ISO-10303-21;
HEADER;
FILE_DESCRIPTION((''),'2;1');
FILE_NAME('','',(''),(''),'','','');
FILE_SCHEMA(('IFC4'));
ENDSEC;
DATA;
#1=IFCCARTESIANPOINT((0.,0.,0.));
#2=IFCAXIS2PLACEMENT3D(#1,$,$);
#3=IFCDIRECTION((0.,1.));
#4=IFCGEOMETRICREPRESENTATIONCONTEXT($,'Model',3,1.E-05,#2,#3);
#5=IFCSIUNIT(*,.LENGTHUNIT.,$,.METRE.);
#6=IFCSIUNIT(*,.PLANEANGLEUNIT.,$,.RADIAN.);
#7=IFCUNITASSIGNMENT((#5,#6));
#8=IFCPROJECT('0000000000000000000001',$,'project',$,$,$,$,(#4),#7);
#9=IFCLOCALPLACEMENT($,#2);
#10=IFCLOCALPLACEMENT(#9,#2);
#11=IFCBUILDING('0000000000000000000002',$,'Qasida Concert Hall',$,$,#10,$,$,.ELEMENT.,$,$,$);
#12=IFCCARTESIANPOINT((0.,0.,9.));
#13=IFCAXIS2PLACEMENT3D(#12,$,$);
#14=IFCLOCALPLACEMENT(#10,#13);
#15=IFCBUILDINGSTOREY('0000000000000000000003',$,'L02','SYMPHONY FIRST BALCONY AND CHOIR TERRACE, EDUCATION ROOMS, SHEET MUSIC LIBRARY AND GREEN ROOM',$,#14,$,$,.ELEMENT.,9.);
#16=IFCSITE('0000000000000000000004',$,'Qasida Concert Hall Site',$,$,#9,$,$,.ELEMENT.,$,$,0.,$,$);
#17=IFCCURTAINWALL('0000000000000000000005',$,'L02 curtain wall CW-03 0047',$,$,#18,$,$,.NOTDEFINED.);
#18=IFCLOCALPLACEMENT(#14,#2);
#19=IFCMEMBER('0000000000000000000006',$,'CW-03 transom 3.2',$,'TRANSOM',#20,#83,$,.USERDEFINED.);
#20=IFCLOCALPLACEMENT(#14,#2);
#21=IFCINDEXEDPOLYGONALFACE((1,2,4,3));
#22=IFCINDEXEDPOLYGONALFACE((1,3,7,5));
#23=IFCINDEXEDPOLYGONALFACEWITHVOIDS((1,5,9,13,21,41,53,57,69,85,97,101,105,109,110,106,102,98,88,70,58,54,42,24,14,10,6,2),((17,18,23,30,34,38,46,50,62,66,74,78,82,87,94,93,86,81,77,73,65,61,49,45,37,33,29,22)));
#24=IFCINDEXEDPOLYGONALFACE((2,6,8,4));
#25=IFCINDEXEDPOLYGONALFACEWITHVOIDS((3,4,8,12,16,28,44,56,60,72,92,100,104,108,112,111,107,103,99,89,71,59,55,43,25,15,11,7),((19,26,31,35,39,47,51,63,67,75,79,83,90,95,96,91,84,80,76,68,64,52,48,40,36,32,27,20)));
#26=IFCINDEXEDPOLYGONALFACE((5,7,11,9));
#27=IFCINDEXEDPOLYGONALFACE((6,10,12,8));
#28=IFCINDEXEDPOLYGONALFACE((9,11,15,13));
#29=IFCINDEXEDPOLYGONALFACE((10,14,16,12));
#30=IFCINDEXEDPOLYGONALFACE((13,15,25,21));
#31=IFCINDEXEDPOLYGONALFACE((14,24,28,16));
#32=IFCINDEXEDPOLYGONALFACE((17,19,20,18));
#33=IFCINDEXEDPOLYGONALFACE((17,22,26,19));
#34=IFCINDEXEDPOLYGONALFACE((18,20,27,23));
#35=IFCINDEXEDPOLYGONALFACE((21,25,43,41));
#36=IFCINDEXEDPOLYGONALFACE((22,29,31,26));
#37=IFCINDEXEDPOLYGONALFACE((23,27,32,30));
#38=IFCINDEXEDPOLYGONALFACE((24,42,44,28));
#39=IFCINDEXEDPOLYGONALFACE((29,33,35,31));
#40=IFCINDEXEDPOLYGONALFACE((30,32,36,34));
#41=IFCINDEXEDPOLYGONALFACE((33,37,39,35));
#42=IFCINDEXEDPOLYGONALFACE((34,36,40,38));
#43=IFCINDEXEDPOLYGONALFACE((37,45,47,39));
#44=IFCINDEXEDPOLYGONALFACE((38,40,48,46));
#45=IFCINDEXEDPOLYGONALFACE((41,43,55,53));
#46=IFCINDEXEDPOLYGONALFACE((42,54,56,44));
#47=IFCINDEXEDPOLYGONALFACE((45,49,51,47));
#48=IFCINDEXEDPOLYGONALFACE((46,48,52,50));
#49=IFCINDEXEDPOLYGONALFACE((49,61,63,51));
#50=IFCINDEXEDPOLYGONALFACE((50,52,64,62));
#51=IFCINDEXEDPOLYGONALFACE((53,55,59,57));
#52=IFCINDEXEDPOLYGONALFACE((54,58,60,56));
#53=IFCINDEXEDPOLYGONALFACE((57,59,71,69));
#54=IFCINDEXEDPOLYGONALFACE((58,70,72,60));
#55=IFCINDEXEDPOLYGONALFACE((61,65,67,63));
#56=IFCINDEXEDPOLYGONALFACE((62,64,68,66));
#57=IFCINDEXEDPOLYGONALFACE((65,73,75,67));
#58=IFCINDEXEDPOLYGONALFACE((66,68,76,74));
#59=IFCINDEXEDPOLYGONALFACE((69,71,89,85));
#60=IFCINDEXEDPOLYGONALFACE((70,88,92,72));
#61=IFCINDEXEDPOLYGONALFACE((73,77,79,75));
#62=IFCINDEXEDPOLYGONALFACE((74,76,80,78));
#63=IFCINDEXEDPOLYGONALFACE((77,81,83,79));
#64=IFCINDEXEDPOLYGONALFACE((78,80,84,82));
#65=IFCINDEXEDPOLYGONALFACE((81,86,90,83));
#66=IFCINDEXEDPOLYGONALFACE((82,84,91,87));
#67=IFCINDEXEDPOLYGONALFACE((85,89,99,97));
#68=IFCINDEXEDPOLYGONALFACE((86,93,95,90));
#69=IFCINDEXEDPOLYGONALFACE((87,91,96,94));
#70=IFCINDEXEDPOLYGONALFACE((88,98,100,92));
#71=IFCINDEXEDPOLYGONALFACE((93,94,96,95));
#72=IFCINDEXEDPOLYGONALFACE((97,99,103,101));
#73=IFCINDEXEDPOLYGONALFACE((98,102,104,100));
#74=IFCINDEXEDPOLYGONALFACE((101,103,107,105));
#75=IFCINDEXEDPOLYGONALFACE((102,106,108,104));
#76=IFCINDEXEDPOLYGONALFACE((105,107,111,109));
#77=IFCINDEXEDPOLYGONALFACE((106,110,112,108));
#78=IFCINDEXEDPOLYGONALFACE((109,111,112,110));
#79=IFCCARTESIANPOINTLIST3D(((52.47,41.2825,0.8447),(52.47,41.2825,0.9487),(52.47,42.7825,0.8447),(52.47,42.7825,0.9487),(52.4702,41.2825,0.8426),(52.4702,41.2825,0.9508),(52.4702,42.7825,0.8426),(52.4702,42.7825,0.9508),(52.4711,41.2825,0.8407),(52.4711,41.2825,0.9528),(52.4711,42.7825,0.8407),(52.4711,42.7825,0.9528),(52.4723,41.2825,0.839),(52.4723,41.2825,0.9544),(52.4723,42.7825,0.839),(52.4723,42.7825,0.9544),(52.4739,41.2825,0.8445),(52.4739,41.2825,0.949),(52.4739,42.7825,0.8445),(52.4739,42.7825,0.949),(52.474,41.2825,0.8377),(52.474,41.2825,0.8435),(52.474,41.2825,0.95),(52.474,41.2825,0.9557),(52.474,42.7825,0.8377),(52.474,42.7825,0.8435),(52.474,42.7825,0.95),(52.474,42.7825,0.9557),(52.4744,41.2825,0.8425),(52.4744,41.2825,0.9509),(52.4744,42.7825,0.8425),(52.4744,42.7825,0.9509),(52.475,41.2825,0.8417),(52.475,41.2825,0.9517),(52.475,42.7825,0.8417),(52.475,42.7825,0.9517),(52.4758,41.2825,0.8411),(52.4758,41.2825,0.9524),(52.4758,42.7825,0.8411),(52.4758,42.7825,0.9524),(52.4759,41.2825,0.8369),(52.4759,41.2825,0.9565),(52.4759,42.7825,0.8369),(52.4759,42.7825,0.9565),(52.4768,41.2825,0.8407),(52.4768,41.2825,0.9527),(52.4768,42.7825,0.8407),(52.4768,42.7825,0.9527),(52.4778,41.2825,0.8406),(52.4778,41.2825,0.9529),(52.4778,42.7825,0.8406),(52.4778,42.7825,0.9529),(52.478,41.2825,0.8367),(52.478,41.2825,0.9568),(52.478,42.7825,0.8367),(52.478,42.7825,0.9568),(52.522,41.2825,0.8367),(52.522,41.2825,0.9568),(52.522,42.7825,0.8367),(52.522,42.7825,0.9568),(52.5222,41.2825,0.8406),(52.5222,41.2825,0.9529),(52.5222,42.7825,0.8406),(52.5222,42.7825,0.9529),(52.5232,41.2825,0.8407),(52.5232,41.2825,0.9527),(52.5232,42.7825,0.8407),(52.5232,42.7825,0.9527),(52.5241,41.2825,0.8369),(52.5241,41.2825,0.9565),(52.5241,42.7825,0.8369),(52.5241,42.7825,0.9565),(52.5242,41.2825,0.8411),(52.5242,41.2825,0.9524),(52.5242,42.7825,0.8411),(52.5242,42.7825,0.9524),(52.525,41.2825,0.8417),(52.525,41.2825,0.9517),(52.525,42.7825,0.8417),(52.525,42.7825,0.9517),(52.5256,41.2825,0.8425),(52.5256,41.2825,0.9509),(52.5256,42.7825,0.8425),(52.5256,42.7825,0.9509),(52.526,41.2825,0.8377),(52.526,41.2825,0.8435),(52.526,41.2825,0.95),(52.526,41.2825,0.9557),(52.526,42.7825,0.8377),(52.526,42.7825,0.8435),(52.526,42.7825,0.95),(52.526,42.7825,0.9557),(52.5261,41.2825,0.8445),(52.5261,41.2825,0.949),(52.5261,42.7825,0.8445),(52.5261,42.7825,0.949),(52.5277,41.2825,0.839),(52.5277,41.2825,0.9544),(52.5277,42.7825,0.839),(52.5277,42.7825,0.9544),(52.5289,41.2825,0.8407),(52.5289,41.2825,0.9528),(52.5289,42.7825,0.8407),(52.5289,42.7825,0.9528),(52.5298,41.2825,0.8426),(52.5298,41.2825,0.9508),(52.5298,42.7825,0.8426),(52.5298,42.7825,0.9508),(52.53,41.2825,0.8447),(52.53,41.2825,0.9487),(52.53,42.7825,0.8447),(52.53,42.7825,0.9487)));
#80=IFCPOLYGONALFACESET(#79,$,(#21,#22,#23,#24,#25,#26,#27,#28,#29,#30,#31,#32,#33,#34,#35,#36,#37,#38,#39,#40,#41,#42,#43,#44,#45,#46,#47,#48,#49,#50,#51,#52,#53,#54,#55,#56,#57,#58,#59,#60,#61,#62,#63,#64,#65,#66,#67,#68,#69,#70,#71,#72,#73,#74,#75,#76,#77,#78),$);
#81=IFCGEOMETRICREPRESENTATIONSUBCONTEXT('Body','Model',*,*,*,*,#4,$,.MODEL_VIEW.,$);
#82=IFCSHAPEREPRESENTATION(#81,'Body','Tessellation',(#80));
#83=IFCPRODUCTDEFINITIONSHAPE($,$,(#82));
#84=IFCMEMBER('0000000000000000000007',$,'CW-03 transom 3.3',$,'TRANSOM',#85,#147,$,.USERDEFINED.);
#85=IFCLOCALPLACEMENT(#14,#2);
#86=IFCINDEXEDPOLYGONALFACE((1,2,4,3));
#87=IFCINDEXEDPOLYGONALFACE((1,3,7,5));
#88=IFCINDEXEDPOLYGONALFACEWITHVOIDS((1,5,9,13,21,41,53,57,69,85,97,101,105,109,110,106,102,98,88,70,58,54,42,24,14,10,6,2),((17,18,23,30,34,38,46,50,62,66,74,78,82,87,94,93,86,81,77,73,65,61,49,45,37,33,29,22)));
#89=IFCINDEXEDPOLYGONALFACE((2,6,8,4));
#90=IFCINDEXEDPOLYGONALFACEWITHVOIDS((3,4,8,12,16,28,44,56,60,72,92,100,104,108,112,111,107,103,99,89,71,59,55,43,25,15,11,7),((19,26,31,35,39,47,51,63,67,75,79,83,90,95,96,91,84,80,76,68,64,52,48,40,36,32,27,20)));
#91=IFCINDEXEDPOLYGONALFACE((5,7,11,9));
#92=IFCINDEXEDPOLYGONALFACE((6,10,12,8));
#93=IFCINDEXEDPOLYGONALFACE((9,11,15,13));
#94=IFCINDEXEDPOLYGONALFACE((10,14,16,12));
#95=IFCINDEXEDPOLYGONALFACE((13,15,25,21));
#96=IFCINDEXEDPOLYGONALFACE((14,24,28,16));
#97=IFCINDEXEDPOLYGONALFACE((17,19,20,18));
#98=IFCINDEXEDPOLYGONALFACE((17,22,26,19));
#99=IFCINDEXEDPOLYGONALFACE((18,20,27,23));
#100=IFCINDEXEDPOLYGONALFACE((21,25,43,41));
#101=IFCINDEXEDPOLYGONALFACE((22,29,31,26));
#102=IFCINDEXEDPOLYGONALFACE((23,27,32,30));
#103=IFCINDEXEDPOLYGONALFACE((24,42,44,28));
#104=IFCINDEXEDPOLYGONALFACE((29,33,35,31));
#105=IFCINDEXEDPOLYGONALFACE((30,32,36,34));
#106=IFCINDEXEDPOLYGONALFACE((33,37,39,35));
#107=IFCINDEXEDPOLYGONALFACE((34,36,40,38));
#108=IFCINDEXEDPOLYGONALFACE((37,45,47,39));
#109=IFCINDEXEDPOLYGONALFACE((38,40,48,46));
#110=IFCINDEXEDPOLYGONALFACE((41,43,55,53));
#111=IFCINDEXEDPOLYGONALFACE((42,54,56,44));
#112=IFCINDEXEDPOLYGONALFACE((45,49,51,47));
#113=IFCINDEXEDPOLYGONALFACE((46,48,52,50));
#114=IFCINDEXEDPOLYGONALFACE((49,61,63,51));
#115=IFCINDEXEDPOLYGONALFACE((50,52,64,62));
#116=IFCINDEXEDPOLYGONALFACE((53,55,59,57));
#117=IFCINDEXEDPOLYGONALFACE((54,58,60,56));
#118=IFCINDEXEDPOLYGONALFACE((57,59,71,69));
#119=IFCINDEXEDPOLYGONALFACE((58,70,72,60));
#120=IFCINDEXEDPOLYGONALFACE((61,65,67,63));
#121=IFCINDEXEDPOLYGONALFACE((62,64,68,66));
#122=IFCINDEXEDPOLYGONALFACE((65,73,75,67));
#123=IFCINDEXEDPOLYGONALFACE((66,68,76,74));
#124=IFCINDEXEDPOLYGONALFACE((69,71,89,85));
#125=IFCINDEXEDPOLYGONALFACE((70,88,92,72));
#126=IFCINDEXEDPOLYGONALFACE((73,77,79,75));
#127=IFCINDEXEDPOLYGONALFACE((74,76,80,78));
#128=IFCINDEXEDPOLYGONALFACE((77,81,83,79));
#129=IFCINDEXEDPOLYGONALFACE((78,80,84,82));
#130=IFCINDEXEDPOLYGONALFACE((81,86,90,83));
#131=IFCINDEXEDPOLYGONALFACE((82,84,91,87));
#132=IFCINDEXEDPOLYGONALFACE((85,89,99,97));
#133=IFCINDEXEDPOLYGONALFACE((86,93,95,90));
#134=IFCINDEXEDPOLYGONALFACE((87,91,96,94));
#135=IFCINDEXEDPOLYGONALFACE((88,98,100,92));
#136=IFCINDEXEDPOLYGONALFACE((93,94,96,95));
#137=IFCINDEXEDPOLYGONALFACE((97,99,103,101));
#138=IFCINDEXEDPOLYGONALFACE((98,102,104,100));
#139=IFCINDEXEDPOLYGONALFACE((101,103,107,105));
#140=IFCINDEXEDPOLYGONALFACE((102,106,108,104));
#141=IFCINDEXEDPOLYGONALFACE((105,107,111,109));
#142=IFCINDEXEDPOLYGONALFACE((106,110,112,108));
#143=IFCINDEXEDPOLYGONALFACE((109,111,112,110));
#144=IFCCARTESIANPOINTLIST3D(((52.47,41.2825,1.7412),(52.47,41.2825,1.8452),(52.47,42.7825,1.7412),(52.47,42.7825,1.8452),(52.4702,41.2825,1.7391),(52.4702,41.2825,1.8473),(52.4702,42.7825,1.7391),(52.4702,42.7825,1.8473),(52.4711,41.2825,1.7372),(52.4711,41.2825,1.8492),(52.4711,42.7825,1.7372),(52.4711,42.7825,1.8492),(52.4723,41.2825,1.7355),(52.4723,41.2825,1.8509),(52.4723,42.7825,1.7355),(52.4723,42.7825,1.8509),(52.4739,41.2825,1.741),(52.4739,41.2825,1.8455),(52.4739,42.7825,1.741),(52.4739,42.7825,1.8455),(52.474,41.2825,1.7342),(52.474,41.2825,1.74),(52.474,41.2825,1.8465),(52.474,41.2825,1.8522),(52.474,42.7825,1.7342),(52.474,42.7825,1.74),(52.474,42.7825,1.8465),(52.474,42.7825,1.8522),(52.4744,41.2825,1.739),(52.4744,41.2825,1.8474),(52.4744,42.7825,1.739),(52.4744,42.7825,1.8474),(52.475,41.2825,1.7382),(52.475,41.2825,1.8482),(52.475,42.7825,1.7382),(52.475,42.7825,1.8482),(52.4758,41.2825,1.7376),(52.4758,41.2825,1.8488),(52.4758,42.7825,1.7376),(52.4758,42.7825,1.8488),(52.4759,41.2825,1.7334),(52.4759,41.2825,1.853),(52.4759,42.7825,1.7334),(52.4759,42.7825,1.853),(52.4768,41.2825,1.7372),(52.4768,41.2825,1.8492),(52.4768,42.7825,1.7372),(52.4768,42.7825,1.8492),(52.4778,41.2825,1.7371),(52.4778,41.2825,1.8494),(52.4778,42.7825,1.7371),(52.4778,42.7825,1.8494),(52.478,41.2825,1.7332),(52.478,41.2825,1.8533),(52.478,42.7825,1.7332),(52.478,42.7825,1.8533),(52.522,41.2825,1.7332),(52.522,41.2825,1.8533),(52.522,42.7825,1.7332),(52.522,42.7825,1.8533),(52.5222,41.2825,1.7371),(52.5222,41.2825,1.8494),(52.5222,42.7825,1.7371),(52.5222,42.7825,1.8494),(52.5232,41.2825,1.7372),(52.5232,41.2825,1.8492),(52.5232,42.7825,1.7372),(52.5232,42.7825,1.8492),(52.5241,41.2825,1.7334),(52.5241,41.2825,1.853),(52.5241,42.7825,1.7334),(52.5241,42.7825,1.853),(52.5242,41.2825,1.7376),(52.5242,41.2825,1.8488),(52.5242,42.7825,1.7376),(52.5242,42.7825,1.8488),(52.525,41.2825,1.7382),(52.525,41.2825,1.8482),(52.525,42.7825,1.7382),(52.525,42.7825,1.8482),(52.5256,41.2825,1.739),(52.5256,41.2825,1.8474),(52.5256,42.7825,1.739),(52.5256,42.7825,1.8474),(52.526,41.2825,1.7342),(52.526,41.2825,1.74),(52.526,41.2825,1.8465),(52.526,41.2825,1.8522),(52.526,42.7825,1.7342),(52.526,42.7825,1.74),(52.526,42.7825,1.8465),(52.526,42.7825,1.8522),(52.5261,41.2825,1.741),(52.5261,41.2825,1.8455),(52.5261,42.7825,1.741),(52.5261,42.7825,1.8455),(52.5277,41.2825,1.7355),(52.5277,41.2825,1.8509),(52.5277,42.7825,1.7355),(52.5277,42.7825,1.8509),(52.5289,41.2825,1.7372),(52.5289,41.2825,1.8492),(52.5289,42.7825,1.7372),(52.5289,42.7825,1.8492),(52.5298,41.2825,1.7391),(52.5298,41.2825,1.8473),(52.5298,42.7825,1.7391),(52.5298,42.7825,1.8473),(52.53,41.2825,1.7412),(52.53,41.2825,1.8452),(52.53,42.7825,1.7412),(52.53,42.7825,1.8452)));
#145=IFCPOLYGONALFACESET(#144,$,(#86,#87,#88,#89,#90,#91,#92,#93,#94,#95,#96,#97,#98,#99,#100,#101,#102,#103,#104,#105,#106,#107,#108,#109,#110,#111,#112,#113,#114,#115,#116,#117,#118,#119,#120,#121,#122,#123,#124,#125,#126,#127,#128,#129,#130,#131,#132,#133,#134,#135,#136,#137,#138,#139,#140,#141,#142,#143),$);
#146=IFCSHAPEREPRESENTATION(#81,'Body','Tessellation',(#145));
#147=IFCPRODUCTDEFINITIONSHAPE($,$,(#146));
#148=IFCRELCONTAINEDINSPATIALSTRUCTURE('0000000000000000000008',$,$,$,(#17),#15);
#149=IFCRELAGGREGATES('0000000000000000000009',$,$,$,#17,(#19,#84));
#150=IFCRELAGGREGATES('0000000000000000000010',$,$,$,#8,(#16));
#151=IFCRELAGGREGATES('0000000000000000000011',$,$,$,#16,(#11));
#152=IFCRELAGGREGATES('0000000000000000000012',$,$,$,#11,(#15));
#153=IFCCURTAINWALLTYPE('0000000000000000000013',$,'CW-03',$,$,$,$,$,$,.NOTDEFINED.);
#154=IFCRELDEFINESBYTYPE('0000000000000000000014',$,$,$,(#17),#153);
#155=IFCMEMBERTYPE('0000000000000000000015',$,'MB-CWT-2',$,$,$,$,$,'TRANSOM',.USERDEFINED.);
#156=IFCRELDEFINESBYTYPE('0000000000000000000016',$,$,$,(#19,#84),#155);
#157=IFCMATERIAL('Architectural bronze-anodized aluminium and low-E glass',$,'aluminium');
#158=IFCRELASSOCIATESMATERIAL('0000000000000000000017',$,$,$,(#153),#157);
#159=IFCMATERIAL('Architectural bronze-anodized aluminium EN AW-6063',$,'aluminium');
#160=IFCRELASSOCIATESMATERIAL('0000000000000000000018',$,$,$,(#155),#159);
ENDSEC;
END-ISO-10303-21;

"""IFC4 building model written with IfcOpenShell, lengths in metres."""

from ifc_helpers import new_model, si_unit, direction, frame, origin, origin_2d, place, context, subcontext, project, spatial, hollow_rectangle, extrude, material, material_profile, profile_set, type_object, element, aggregate, save


model = new_model("IFC4")

# Units and contexts
model_context = context("Model", 3, precision=1e-05, world=origin(), true_north=direction((0.0, 1.0)))
body_context = subcontext(model_context, "Body", "Model", "MODEL_VIEW")
ifc_project = project(units=[si_unit("LENGTHUNIT", "METRE"), si_unit("PLANEANGLEUNIT", "RADIAN")], contexts=[model_context])

# Site, building, storey
site_placement = place(None, origin())
site = spatial("IfcSite", under=ifc_project, at=site_placement, Name="Qasida Concert Hall Site", CompositionType="ELEMENT", RefElevation=0.0)
building_placement = place(site_placement, origin())
building = spatial("IfcBuilding", under=site, at=building_placement, Name="Qasida Concert Hall", CompositionType="ELEMENT")
storey_placement = place(building_placement, frame((0.0, 0.0, 9.0)))
storey = spatial("IfcBuildingStorey", under=building, at=storey_placement, Name="L02", Description="SYMPHONY FIRST BALCONY AND CHOIR TERRACE, EDUCATION ROOMS, SHEET MUSIC LIBRARY AND GREEN ROOM", CompositionType="ELEMENT", Elevation=9.0)

# Curtain wall
ifc_material_1 = material(Name="Architectural bronze-anodized aluminium and low-E glass", Category="aluminium")
curtain_wall_type_1 = type_object("IfcCurtainWallType", Name="CW-03", PredefinedType="NOTDEFINED", material=ifc_material_1)
curtain_wall_1_placement = place(storey_placement, origin())
curtain_wall_1 = element("IfcCurtainWall", 1, at=curtain_wall_1_placement, inside=storey, type_object=curtain_wall_type_1, Name="L02 curtain wall CW-03 0047", PredefinedType="NOTDEFINED")
ifc_material_2 = material(Name="Architectural bronze-anodized aluminium EN AW-6063", Category="aluminium")

# Members
ifc_material_profile_1 = material_profile(ifc_material_2, hollow_rectangle(XDim=0.0601, YDim=0.1201, WallThickness=0.0039, InnerFilletRadius=0.0039, OuterFilletRadius=0.0081, at=origin_2d()), Name="CWT 120x60x4")
ifc_profile_set_1 = profile_set([ifc_material_profile_1], Name="Architectural bronze-anodized aluminium EN AW-6063")
member_type_1 = type_object("IfcMemberType", Name="MB-CWT-2", ElementType="TRANSOM", PredefinedType="USERDEFINED", material=ifc_profile_set_1)
member_1_placement = place(storey_placement, frame((52.5, 41.2825, 0.8967), z_axis=(0.0, 1.0, 0.0), x_axis=(-1.0, 0.0, 0.0)))
member_1 = element("IfcMember", 2, at=member_1_placement, type_object=member_type_1, Name="CW-03 transom 3.2", ObjectType="TRANSOM", PredefinedType="USERDEFINED", context=body_context, shape_type="SweptSolid", body=[
    extrude(hollow_rectangle(XDim=0.0601, YDim=0.1201, WallThickness=0.0039, InnerFilletRadius=0.0039, OuterFilletRadius=0.0081, at=origin_2d()), origin(), (0.0, 0.0, 1.0), 1.5),
])
member_2_placement = place(storey_placement, frame((52.5, 41.2825, 1.7932), z_axis=(0.0, 1.0, 0.0), x_axis=(-1.0, 0.0, 0.0)))
member_2 = element("IfcMember", 3, at=member_2_placement, type_object=member_type_1, Name="CW-03 transom 3.3", ObjectType="TRANSOM", PredefinedType="USERDEFINED", context=body_context, shape_type="SweptSolid", body=[
    extrude(hollow_rectangle(XDim=0.0601, YDim=0.1201, WallThickness=0.0039, InnerFilletRadius=0.0039, OuterFilletRadius=0.0081, at=origin_2d()), origin(), (0.0, 0.0, 1.0), 1.5),
])

aggregate(curtain_wall_1, [member_1, member_2])

save(model, "model.ifc")
